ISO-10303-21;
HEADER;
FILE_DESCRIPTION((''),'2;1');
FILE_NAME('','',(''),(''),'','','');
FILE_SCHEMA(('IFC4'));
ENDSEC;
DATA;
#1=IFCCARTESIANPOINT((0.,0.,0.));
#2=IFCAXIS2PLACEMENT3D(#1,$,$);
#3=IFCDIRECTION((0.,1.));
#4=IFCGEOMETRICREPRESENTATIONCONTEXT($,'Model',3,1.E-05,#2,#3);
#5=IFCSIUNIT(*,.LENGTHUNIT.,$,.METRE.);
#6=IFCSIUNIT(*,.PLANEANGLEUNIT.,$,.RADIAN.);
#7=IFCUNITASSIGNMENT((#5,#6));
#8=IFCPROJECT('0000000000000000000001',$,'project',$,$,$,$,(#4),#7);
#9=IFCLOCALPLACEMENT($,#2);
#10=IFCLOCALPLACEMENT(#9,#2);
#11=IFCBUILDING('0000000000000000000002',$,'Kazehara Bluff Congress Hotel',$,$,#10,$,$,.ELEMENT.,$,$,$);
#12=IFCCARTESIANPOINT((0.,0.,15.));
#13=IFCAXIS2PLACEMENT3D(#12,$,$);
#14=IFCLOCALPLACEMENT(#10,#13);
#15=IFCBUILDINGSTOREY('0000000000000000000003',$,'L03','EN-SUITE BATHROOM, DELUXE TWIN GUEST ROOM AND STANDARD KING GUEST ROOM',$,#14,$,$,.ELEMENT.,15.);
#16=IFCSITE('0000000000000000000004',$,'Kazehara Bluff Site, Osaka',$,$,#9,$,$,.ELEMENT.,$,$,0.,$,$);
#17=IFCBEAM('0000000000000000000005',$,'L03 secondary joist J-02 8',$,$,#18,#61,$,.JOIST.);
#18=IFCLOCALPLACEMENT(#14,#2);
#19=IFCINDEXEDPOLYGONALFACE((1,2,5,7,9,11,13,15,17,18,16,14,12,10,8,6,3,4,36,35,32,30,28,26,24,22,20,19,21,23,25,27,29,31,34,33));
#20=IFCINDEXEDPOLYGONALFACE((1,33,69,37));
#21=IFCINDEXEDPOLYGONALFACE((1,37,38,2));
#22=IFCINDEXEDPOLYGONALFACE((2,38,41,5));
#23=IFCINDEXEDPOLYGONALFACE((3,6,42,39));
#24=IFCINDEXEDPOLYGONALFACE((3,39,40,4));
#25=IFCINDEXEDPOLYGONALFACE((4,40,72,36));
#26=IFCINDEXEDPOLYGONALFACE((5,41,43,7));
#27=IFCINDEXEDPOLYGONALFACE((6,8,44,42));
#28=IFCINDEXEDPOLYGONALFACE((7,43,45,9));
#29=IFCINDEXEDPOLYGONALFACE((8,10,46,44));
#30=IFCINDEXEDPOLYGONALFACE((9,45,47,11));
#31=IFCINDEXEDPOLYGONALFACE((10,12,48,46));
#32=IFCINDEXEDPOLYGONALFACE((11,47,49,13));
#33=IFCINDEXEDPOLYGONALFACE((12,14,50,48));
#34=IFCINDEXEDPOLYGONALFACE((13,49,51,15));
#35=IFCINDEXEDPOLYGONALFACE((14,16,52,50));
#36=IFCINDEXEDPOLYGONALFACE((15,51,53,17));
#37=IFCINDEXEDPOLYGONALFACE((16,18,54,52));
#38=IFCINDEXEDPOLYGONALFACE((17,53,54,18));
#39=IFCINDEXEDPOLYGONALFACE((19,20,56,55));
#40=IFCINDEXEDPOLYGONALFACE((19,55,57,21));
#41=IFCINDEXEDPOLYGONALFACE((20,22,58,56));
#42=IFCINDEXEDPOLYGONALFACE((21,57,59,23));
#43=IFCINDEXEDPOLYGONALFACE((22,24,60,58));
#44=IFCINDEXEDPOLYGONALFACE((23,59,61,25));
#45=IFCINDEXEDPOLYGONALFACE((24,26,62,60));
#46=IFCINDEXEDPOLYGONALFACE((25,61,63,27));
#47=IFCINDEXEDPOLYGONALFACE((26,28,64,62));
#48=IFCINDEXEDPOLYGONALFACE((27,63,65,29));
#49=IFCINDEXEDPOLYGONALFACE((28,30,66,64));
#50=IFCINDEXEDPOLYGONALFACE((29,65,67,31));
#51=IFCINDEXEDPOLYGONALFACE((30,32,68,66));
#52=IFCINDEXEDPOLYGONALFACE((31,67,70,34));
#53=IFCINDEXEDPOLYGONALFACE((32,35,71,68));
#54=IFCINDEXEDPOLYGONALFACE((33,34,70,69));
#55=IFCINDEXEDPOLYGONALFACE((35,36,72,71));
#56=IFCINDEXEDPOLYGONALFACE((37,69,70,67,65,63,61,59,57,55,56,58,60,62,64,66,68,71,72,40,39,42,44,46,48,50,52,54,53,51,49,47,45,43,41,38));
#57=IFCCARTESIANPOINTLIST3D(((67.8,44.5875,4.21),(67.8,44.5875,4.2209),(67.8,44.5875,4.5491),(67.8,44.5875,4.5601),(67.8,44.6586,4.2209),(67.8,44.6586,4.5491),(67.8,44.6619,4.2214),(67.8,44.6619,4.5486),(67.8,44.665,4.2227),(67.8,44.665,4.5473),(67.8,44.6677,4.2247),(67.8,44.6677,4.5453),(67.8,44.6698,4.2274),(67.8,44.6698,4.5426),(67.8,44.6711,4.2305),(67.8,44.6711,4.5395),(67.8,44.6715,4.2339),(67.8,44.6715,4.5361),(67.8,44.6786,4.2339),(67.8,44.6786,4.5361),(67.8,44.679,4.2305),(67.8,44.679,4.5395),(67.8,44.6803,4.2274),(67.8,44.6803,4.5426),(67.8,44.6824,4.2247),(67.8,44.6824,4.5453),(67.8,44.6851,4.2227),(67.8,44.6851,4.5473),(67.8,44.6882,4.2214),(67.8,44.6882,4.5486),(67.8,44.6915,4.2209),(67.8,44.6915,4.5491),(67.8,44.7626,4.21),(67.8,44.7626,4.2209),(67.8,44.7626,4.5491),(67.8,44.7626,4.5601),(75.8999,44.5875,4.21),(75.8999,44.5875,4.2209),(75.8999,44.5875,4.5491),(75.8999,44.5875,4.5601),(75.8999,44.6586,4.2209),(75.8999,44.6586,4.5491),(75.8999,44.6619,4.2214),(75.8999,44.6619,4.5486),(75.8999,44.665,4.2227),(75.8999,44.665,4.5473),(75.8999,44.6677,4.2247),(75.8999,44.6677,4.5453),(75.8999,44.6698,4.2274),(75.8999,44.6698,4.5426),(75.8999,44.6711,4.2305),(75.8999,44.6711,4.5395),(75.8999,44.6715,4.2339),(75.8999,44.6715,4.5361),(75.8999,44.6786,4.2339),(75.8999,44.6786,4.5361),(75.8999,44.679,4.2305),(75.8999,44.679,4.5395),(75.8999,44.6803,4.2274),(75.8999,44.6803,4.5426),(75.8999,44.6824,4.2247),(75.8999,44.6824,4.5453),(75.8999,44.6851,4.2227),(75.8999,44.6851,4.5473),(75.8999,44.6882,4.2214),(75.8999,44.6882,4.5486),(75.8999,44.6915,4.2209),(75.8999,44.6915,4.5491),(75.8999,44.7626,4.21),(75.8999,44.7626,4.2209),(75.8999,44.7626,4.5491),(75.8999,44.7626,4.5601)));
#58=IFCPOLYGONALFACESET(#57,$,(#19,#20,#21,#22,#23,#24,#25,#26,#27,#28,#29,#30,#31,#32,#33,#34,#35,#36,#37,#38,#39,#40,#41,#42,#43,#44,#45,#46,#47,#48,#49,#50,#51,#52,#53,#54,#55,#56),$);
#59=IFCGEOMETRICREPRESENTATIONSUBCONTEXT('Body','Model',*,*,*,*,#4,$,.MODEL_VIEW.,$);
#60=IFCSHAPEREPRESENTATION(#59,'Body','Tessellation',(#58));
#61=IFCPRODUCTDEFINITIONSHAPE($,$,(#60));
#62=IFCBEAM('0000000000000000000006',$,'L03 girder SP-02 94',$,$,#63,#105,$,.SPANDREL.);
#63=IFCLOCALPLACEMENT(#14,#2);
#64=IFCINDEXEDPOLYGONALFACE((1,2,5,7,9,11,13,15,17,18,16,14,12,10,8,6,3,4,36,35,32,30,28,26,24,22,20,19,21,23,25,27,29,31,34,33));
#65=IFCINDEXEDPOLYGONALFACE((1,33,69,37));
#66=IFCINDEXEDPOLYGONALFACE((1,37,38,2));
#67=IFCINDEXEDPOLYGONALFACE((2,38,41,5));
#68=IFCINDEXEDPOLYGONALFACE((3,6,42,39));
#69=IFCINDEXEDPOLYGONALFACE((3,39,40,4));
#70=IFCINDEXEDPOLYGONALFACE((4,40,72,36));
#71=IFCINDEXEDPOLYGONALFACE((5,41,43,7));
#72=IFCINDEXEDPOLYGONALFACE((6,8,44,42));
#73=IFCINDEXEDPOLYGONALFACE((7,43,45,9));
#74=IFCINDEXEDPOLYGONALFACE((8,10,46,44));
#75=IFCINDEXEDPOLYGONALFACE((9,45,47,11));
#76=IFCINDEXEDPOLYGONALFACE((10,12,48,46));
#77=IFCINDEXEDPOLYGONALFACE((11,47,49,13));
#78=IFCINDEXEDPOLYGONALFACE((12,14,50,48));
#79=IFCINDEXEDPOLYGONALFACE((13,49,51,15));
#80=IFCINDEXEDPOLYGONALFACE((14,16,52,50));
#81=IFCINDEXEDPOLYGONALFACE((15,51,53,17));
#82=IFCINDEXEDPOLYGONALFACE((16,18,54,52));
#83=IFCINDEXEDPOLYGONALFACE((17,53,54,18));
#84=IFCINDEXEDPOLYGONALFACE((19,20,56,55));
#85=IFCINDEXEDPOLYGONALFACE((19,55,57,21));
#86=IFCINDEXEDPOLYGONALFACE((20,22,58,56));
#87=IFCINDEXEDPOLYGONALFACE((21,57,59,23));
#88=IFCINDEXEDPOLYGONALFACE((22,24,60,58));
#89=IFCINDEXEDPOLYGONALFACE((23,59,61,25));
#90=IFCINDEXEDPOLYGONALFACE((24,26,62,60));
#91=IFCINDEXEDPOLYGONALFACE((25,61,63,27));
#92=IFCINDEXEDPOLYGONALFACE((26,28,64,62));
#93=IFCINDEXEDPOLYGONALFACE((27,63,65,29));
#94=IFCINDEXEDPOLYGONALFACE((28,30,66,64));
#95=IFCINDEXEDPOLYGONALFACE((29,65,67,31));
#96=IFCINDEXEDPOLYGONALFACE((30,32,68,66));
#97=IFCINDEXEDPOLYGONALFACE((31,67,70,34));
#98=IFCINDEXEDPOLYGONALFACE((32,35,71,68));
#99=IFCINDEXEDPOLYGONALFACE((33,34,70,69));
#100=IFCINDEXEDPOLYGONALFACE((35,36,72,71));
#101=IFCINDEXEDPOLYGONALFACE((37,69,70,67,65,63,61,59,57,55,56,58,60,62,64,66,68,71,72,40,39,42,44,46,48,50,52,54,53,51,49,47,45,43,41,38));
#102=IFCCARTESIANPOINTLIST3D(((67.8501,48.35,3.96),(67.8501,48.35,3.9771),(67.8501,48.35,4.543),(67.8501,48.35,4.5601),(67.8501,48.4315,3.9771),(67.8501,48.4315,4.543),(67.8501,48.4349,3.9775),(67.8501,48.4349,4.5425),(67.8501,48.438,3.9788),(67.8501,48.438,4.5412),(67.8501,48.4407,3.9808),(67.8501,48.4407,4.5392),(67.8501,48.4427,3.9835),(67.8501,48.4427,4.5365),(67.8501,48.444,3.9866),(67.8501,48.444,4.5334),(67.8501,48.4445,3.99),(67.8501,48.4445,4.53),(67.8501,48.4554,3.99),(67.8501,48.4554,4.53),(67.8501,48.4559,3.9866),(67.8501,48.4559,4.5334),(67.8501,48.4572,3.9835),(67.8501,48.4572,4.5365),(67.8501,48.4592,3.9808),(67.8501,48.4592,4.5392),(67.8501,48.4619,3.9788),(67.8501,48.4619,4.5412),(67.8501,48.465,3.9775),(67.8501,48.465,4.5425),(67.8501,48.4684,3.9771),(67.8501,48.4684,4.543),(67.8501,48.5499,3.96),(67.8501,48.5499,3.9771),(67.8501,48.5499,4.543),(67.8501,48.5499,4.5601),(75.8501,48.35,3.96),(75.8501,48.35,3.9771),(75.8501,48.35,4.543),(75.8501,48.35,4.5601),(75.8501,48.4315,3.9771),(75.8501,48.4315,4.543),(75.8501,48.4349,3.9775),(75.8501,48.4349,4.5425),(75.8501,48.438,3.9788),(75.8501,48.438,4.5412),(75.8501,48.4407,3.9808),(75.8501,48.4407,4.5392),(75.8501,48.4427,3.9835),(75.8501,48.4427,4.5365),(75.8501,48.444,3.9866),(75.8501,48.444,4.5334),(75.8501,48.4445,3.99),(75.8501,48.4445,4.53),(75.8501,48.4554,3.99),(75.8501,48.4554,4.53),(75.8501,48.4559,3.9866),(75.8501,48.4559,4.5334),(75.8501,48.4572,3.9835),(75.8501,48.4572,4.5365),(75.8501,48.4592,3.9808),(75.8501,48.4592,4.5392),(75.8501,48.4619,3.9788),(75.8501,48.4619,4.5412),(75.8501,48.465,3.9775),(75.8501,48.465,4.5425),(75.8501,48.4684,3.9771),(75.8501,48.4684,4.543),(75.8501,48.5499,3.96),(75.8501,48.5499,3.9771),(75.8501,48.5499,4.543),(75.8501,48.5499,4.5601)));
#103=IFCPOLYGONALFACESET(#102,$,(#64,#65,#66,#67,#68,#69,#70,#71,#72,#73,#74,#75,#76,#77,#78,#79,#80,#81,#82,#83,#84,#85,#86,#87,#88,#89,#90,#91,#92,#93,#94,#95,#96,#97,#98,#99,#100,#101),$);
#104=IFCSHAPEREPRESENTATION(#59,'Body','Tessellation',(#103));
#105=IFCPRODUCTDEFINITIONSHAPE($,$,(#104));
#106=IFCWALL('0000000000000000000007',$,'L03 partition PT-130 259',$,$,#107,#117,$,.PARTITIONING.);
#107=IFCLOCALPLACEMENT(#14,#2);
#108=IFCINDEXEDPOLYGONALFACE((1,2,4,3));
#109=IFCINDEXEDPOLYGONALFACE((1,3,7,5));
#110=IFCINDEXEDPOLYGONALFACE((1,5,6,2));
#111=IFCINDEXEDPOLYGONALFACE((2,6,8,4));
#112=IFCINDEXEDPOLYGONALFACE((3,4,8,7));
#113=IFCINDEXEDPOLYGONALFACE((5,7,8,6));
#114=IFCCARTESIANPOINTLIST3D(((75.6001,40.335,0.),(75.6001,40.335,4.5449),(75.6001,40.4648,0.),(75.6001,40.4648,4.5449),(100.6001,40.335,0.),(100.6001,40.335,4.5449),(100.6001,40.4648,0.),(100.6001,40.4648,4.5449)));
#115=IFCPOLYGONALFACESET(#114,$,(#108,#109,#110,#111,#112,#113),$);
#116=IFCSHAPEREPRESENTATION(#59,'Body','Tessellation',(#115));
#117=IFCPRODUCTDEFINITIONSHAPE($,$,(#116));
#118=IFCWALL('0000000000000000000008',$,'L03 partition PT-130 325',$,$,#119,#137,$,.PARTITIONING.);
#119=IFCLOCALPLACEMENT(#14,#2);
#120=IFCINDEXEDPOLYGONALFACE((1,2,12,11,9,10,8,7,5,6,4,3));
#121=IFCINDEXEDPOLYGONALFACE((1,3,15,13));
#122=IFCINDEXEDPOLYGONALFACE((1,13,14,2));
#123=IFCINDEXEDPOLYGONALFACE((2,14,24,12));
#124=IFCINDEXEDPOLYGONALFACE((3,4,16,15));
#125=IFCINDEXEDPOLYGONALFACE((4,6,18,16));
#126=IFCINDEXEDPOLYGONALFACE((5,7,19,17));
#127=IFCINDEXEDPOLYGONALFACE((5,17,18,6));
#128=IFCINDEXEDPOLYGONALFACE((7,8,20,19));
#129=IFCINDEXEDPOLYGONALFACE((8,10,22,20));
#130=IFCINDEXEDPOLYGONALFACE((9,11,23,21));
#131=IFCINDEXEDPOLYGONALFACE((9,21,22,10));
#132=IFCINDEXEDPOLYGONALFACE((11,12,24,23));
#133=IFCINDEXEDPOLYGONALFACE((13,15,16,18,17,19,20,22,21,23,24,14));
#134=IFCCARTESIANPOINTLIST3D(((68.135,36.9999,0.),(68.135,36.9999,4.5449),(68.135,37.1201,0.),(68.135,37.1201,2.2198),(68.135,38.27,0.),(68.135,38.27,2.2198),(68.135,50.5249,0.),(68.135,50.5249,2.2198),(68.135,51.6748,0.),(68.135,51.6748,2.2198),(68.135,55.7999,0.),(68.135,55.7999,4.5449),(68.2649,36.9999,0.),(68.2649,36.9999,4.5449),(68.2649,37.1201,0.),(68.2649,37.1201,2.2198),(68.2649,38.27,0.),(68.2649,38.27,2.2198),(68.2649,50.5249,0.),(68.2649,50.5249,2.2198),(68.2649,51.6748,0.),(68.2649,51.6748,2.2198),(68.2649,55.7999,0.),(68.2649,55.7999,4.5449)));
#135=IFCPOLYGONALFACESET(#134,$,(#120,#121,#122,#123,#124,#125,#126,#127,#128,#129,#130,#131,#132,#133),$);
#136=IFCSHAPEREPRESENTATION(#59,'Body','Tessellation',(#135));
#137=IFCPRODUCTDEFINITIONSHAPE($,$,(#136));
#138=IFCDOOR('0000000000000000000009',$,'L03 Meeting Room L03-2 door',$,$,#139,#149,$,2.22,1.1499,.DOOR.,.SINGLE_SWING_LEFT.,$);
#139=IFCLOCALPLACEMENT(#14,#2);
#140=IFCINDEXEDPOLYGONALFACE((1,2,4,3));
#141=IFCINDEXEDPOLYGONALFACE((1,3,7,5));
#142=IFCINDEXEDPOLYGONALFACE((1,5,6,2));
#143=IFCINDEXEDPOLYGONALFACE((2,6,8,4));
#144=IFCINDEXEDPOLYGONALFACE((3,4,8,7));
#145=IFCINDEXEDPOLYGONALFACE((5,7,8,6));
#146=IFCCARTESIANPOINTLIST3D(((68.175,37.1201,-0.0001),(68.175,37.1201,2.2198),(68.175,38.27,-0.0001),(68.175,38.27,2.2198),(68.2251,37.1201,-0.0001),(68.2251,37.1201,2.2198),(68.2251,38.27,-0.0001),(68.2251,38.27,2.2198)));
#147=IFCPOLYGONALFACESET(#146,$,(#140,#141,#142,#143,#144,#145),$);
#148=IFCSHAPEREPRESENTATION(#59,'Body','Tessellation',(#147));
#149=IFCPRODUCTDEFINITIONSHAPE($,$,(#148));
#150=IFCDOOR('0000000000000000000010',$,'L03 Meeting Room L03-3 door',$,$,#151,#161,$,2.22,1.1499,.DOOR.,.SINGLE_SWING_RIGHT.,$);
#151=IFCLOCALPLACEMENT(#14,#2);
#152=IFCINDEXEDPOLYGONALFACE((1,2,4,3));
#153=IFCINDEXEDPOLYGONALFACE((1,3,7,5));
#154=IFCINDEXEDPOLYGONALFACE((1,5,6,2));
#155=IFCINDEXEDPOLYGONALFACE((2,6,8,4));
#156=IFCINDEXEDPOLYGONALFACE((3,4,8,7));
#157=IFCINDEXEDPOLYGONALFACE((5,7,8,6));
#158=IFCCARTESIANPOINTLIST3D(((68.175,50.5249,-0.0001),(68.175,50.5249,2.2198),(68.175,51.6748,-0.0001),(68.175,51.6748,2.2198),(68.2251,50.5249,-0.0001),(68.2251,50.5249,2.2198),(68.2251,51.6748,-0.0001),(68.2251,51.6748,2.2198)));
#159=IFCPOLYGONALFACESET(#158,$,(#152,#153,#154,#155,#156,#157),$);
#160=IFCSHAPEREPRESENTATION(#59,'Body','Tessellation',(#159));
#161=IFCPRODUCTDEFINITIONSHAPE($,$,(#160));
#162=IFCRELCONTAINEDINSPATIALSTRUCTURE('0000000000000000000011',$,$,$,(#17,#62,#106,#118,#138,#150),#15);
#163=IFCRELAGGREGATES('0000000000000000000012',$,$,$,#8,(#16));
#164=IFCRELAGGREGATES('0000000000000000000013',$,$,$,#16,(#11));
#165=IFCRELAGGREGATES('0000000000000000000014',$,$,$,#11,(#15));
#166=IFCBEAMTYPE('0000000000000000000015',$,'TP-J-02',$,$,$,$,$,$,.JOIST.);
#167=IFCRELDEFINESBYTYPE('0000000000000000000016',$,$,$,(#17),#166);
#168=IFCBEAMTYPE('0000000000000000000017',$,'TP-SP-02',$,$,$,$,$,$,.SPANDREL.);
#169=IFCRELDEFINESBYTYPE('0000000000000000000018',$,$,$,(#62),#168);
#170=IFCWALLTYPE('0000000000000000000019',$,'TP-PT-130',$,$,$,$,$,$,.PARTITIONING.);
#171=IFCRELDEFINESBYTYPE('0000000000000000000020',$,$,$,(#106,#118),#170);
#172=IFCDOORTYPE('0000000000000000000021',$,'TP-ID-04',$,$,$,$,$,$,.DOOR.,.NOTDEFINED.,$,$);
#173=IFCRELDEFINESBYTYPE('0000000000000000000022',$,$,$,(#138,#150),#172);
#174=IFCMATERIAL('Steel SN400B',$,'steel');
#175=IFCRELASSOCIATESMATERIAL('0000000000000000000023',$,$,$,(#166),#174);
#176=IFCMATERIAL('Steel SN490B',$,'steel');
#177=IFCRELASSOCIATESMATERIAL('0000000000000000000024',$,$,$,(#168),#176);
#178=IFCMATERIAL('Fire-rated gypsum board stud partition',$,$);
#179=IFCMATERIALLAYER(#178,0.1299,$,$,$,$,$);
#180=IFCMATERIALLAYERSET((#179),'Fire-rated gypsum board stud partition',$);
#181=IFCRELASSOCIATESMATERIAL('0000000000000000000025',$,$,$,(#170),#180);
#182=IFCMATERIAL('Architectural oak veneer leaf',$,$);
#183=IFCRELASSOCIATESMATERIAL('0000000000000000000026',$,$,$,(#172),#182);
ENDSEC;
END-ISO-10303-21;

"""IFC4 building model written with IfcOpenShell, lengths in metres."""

from ifc_helpers import new_model, si_unit, direction, frame, frame_2d, origin, origin_2d, place, context, subcontext, project, spatial, rectangle, i_section, extrude, material, layer, layer_set, material_profile, profile_set, type_object, element, fill, save


model = new_model("IFC4")

# Units and contexts
model_context = context("Model", 3, precision=1e-05, world=origin(), true_north=direction((0.0, 1.0)))
body_context = subcontext(model_context, "Body", "Model", "MODEL_VIEW")
ifc_project = project(units=[si_unit("LENGTHUNIT", "METRE"), si_unit("PLANEANGLEUNIT", "RADIAN")], contexts=[model_context])

# Site, building, storey
site_placement = place(None, origin())
site = spatial("IfcSite", under=ifc_project, at=site_placement, Name="Kazehara Bluff Site, Osaka", CompositionType="ELEMENT", RefElevation=0.0)
building_placement = place(site_placement, origin())
building = spatial("IfcBuilding", under=site, at=building_placement, Name="Kazehara Bluff Congress Hotel", CompositionType="ELEMENT")
storey_placement = place(building_placement, frame((0.0, 0.0, 15.0)))
storey = spatial("IfcBuildingStorey", under=building, at=storey_placement, Name="L03", Description="EN-SUITE BATHROOM, DELUXE TWIN GUEST ROOM AND STANDARD KING GUEST ROOM", CompositionType="ELEMENT", Elevation=15.0)

# Beams
ifc_material_1 = material(Name="Steel SN400B", Category="steel")
ifc_material_profile_1 = material_profile(ifc_material_1, i_section(OverallWidth=0.175, OverallDepth=0.3501, WebThickness=0.0071, FlangeThickness=0.011, FilletRadius=0.0129, at=origin_2d()))
ifc_profile_set_1 = profile_set([ifc_material_profile_1], Name="Steel SN400B")
beam_type_1 = type_object("IfcBeamType", Name="TP-J-02", PredefinedType="JOIST", material=ifc_profile_set_1)
for number, where, z_axis, x_axis, name in (
    (1, (67.8, 44.675, 4.385), (1.0, 0.0, 0.0), (0.0, 1.0, 0.0), "L03 secondary joist J-02 8"),
):
    element("IfcBeam", number, at=place(storey_placement, frame(where, z_axis=z_axis, x_axis=x_axis)), inside=storey, type_object=beam_type_1, Name=name, PredefinedType="JOIST", context=body_context, shape_type="SweptSolid", body=[
        extrude(i_section(OverallWidth=0.175, OverallDepth=0.3501, WebThickness=0.0071, FlangeThickness=0.011, FilletRadius=0.0129, at=origin_2d()), origin(), (0.0, 0.0, 1.0), 8.0999),
    ])
ifc_material_2 = material(Name="Steel SN490B", Category="steel")
ifc_material_profile_2 = material_profile(ifc_material_2, i_section(OverallWidth=0.2, OverallDepth=0.6001, WebThickness=0.011, FlangeThickness=0.0171, FilletRadius=0.0129, at=origin_2d()))
ifc_profile_set_2 = profile_set([ifc_material_profile_2], Name="Steel SN490B")
beam_type_2 = type_object("IfcBeamType", Name="TP-SP-02", PredefinedType="SPANDREL", material=ifc_profile_set_2)
beam_1_placement = place(storey_placement, frame((67.8501, 48.45, 4.26), z_axis=(1.0, 0.0, 0.0), x_axis=(0.0, 1.0, 0.0)))
element("IfcBeam", 2, at=beam_1_placement, inside=storey, type_object=beam_type_2, Name="L03 girder SP-02 94", PredefinedType="SPANDREL", context=body_context, shape_type="SweptSolid", body=[
    extrude(i_section(OverallWidth=0.2, OverallDepth=0.6001, WebThickness=0.011, FlangeThickness=0.0171, FilletRadius=0.0129, at=origin_2d()), origin(), (0.0, 0.0, 1.0), 8.0),
])

# Wall
ifc_material_3 = material(Name="Fire-rated gypsum board stud partition")
ifc_layer = layer(ifc_material_3, 0.1299)
ifc_layer_set = layer_set([ifc_layer], Name="Fire-rated gypsum board stud partition")
wall_type = type_object("IfcWallType", Name="TP-PT-130", PredefinedType="PARTITIONING", material=ifc_layer_set)
wall_1_placement = place(storey_placement, frame((75.6001, 40.3999, 0.0), z_axis=(0.0, 0.0, 1.0), x_axis=(1.0, 0.0, 0.0)))
element("IfcWall", 3, at=wall_1_placement, inside=storey, type_object=wall_type, Name="L03 partition PT-130 259", PredefinedType="PARTITIONING", context=body_context, shape_type="SweptSolid", body=[
    extrude(rectangle(XDim=25.0, YDim=0.1299, at=frame_2d((12.5, 0.0))), origin(), (0.0, 0.0, 1.0), 4.5449),
])

# Wall, openings, doors
wall_2_placement = place(storey_placement, frame((68.2, 37.0, 0.0), z_axis=(0.0, 0.0, 1.0), x_axis=(0.0, 1.0, 0.0)))
wall_2 = element("IfcWall", 4, at=wall_2_placement, inside=storey, type_object=wall_type, Name="L03 partition PT-130 325", PredefinedType="PARTITIONING", context=body_context, shape_type="SweptSolid", body=[
    extrude(rectangle(XDim=18.8, YDim=0.1299, at=frame_2d((9.3999, 0.0))), origin(), (0.0, 0.0, 1.0), 4.5449),
])
opening_1_placement = place(wall_2_placement, frame((0.1201, 0.0, 0.0)))
opening_1 = element("IfcOpeningElement", 5, at=opening_1_placement, cuts=wall_2, PredefinedType="OPENING", context=body_context, shape_type="SweptSolid", body=[
    extrude(rectangle(XDim=1.1499, YDim=2.22, at=frame_2d((0.575, 1.1099))), frame((0.0, 0.075, 0.0), z_axis=(0.0, -1.0, 0.0), x_axis=(1.0, 0.0, 0.0)), (0.0, 0.0, 1.0), 0.1499),
])
opening_2_placement = place(wall_2_placement, frame((13.5249, 0.0, 0.0)))
opening_2 = element("IfcOpeningElement", 6, at=opening_2_placement, cuts=wall_2, PredefinedType="OPENING", context=body_context, shape_type="SweptSolid", body=[
    extrude(rectangle(XDim=1.1499, YDim=2.22, at=frame_2d((0.575, 1.1099))), frame((0.0, 0.075, 0.0), z_axis=(0.0, -1.0, 0.0), x_axis=(1.0, 0.0, 0.0)), (0.0, 0.0, 1.0), 0.1499),
])
ifc_material_4 = material(Name="Architectural oak veneer leaf")
door_type = type_object("IfcDoorType", Name="TP-ID-04", OperationType="NOTDEFINED", PredefinedType="DOOR", material=ifc_material_4)
door_1_placement = place(opening_1_placement, origin())
door_1 = element("IfcDoor", 7, at=door_1_placement, inside=storey, type_object=door_type, Name="L03 Meeting Room L03-2 door", OperationType="SINGLE_SWING_LEFT", OverallHeight=2.22, OverallWidth=1.1499, PredefinedType="DOOR", context=body_context, shape_type="SweptSolid", body=[
    extrude(rectangle(XDim=1.1499, YDim=2.22, at=frame_2d((0.575, 1.1099))), frame((0.0, 0.0249, 0.0), z_axis=(0.0, -1.0, 0.0), x_axis=(1.0, 0.0, 0.0)), (0.0, 0.0, 1.0), 0.05),
])
fill(opening_1, door_1)
door_2_placement = place(opening_2_placement, origin())
door_2 = element("IfcDoor", 8, at=door_2_placement, inside=storey, type_object=door_type, Name="L03 Meeting Room L03-3 door", OperationType="SINGLE_SWING_RIGHT", OverallHeight=2.22, OverallWidth=1.1499, PredefinedType="DOOR", context=body_context, shape_type="SweptSolid", body=[
    extrude(rectangle(XDim=1.1499, YDim=2.22, at=frame_2d((0.575, 1.1099))), frame((0.0, 0.0249, 0.0), z_axis=(0.0, -1.0, 0.0), x_axis=(1.0, 0.0, 0.0)), (0.0, 0.0, 1.0), 0.05),
])
fill(opening_2, door_2)

save(model, "model.ifc")
